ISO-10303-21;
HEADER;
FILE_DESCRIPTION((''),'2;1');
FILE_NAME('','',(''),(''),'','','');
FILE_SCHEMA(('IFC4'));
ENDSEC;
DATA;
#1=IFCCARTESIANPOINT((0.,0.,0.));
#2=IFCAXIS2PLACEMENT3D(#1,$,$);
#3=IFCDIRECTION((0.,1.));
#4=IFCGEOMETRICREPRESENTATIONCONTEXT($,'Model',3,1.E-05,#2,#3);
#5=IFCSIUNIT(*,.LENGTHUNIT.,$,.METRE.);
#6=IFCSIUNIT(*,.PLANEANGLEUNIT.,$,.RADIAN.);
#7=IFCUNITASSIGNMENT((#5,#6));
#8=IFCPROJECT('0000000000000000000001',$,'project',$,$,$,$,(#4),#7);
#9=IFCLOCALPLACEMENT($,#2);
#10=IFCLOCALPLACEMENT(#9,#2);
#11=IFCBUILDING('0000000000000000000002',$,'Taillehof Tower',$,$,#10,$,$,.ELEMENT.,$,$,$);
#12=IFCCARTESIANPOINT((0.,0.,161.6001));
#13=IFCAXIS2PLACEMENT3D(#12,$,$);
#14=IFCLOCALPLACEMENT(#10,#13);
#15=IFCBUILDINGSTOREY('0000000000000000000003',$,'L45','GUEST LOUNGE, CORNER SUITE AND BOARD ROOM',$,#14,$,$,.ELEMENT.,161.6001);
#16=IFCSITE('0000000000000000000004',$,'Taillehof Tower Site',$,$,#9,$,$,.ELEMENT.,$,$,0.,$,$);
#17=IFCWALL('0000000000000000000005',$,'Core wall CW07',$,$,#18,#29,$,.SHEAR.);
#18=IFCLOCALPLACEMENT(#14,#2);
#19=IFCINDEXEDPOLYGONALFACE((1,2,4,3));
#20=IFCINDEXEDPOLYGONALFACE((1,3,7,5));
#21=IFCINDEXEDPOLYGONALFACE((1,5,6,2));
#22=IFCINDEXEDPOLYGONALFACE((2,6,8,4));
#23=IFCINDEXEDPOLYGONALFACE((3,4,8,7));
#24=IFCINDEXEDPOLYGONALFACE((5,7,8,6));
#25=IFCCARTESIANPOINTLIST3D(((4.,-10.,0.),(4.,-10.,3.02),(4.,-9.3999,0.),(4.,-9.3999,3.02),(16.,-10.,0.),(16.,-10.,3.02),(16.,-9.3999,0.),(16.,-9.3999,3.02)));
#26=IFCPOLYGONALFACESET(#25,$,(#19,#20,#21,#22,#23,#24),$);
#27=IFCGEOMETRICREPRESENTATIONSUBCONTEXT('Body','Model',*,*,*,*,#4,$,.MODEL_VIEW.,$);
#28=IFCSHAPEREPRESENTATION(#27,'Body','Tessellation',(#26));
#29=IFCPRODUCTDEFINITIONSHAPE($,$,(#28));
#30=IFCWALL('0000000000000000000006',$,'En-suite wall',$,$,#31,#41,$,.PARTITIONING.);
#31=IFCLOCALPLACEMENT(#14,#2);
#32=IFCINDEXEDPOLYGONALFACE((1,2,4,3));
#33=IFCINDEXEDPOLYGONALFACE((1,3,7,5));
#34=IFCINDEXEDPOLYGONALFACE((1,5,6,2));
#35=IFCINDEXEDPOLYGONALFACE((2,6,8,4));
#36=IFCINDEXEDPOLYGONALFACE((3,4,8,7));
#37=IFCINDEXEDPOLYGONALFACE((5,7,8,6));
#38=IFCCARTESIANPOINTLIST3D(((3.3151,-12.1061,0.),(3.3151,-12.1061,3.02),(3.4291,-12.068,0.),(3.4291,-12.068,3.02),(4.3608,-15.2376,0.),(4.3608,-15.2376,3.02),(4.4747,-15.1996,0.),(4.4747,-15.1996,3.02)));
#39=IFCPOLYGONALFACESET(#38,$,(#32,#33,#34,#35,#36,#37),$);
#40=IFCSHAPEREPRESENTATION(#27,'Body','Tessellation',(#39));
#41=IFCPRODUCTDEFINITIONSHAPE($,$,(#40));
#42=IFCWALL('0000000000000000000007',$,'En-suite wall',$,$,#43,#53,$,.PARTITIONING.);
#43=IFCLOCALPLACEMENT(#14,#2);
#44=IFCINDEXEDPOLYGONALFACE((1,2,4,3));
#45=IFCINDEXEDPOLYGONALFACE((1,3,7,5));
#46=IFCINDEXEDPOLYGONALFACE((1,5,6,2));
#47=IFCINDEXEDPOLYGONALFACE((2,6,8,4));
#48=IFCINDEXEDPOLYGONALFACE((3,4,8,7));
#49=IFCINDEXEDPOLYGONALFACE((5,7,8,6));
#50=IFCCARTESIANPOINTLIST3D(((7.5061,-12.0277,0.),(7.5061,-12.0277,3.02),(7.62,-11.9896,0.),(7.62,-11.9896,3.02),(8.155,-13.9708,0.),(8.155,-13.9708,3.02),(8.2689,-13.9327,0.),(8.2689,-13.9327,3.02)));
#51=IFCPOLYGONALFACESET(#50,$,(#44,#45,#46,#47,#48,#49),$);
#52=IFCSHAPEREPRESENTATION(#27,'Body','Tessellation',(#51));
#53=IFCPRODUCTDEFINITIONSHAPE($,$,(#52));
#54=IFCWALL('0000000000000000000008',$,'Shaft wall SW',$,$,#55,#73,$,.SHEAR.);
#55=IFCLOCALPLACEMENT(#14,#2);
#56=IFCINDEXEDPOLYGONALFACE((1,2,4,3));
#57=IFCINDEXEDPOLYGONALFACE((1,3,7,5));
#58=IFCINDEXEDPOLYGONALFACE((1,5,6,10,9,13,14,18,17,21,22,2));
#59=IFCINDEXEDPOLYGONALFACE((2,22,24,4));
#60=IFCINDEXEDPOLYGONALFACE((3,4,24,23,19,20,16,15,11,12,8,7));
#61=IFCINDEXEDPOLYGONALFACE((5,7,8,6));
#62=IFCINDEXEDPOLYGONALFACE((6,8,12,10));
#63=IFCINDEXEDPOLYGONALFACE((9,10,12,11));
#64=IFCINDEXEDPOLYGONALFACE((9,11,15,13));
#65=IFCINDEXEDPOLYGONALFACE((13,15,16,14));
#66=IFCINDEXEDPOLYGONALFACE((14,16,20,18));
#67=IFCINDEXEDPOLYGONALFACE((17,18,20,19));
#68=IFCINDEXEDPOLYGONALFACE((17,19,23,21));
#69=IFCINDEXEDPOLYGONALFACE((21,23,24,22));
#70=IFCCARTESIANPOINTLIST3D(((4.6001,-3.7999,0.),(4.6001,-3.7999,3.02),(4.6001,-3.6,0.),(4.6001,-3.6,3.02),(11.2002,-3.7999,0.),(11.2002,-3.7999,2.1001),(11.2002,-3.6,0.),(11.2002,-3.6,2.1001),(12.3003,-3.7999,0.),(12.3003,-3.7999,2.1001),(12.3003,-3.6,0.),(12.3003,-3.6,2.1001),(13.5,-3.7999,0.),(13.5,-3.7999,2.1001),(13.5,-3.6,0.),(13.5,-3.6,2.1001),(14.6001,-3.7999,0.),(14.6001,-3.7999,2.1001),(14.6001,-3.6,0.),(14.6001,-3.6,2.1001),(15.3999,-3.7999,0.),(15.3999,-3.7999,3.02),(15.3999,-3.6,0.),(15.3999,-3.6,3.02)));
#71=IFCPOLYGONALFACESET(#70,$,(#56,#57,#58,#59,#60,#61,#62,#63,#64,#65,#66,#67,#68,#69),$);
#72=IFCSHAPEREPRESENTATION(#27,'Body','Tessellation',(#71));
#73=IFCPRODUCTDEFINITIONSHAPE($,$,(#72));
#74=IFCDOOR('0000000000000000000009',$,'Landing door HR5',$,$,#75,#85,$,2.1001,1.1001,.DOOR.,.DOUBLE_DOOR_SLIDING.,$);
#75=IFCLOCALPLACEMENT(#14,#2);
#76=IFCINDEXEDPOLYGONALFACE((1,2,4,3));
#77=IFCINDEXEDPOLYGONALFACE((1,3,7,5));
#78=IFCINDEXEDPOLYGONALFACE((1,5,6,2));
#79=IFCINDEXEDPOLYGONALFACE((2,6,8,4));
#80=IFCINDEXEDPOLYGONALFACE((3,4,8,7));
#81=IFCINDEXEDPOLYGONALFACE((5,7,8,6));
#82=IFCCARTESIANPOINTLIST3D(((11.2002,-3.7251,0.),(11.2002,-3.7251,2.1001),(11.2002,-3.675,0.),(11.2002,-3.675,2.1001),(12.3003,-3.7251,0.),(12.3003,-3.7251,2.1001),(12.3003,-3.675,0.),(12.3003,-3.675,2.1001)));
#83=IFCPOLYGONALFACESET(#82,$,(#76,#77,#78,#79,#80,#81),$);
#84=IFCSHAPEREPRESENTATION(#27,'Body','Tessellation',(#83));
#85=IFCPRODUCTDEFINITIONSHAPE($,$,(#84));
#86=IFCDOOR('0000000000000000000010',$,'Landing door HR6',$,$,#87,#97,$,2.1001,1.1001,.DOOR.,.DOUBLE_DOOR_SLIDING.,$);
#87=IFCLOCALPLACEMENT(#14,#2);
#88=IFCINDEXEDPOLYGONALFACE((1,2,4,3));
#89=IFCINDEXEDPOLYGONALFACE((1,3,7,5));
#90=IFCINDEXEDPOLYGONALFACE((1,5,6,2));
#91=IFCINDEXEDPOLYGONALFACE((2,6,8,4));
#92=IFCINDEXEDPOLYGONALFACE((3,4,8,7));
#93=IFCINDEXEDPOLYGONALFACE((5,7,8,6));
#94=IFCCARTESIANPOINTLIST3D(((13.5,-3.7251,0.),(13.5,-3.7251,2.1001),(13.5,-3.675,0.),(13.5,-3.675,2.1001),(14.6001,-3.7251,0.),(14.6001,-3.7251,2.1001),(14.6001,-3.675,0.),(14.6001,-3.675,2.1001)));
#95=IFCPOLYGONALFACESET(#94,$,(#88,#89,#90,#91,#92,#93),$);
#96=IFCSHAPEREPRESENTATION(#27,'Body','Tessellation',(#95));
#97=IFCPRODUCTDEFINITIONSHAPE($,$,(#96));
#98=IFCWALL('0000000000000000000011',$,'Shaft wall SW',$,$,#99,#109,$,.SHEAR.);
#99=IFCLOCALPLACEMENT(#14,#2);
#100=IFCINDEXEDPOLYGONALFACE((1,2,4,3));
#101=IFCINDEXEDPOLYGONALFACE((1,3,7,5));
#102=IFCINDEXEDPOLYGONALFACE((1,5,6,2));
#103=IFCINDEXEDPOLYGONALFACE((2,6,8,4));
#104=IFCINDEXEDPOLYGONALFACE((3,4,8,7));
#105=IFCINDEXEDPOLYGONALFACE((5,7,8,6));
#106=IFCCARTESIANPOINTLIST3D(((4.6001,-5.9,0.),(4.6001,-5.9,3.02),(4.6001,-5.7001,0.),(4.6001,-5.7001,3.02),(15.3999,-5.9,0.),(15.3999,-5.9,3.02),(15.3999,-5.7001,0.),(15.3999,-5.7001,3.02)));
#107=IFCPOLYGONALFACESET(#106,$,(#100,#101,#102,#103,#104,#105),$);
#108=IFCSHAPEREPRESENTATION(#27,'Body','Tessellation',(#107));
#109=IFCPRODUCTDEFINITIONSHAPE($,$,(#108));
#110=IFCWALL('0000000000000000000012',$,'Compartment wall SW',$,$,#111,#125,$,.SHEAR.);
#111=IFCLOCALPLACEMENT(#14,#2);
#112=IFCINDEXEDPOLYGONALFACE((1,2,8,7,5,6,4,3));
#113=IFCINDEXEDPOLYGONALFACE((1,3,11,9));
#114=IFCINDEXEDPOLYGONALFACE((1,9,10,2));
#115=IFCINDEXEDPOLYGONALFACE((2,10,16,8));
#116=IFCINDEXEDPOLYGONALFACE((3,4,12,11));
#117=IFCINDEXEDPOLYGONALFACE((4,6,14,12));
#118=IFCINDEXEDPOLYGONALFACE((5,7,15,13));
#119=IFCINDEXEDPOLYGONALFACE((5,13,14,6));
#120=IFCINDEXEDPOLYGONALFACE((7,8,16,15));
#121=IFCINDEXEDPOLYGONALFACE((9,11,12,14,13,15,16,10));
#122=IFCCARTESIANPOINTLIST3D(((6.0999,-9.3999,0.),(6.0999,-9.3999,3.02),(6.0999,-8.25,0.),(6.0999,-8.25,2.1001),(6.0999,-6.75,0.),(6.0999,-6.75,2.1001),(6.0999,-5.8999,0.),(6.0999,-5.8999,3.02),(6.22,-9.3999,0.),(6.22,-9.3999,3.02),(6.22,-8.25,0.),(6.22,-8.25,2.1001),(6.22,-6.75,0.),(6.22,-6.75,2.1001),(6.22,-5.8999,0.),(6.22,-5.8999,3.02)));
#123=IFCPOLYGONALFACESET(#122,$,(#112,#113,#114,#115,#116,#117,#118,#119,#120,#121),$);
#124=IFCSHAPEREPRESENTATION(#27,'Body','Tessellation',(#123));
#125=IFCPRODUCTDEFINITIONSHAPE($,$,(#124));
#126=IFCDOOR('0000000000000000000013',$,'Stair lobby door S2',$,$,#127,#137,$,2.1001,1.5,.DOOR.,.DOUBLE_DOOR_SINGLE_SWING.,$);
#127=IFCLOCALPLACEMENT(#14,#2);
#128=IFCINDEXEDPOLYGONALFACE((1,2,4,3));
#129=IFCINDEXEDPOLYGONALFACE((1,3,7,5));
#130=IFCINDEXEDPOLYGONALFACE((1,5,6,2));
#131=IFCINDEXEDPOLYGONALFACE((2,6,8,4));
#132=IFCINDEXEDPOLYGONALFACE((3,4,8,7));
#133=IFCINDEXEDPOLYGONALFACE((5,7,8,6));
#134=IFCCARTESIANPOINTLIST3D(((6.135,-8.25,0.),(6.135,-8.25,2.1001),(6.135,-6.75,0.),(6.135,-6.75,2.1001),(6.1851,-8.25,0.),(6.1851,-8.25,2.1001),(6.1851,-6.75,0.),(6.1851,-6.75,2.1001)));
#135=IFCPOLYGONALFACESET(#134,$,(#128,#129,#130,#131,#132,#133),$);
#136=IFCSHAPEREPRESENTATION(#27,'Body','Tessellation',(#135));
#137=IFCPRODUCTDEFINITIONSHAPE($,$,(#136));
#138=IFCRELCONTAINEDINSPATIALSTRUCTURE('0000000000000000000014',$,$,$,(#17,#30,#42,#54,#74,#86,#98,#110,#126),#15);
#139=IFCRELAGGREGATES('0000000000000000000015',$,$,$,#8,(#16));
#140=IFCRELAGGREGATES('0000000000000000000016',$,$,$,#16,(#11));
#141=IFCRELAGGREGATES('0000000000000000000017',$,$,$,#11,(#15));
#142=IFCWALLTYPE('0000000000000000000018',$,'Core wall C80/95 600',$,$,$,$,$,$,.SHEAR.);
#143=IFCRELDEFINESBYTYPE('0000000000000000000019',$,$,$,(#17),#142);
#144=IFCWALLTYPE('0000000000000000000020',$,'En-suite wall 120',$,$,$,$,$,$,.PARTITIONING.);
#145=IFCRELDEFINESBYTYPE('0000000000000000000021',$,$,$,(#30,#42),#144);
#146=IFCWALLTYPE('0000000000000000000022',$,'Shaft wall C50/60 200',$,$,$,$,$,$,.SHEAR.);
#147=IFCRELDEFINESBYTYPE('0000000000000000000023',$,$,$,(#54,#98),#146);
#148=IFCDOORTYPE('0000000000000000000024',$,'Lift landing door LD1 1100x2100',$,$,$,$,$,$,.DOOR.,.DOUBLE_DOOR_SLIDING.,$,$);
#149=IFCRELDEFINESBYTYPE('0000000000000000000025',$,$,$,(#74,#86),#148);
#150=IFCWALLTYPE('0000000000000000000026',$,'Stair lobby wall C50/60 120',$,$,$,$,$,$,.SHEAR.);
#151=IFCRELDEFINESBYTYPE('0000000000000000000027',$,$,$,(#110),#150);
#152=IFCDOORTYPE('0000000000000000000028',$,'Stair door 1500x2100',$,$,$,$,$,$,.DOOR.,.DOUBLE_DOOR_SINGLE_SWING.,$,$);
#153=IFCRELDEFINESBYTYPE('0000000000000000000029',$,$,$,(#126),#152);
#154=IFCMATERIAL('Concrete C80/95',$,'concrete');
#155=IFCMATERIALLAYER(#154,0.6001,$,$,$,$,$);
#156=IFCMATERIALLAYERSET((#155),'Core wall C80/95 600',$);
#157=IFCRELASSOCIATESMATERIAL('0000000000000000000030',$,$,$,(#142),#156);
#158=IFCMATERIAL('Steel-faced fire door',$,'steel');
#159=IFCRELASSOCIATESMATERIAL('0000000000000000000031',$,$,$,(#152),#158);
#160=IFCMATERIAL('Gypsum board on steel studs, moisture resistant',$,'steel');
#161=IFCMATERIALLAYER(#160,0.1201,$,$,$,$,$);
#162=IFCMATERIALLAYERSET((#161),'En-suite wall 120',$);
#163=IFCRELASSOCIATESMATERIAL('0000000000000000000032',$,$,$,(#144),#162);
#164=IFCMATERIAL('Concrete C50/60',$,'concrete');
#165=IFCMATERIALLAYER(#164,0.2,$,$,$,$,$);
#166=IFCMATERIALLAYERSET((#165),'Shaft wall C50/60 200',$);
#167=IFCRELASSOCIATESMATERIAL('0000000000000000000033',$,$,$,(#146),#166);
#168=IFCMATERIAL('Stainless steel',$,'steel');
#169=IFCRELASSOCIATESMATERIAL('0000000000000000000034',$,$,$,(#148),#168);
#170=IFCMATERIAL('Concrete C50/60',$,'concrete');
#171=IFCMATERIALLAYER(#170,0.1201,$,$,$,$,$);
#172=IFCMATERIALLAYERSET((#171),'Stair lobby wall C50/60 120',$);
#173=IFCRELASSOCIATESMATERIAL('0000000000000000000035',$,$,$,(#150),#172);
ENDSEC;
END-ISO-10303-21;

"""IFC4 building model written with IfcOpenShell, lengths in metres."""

from ifc_helpers import new_model, si_unit, direction, frame, frame_2d, origin, place, context, subcontext, project, spatial, rectangle, extrude, material, layer, layer_set, type_object, element, fill, save


model = new_model("IFC4")

# Units and contexts
model_context = context("Model", 3, precision=1e-05, world=origin(), true_north=direction((0.0, 1.0)))
body_context = subcontext(model_context, "Body", "Model", "MODEL_VIEW")
ifc_project = project(units=[si_unit("LENGTHUNIT", "METRE"), si_unit("PLANEANGLEUNIT", "RADIAN")], contexts=[model_context])

# Site, building, storey
site_placement = place(None, origin())
site = spatial("IfcSite", under=ifc_project, at=site_placement, Name="Taillehof Tower Site", CompositionType="ELEMENT", RefElevation=0.0)
building_placement = place(site_placement, origin())
building = spatial("IfcBuilding", under=site, at=building_placement, Name="Taillehof Tower", CompositionType="ELEMENT")
storey_placement = place(building_placement, frame((0.0, 0.0, 161.6001)))
storey = spatial("IfcBuildingStorey", under=building, at=storey_placement, Name="L45", Description="GUEST LOUNGE, CORNER SUITE AND BOARD ROOM", CompositionType="ELEMENT", Elevation=161.6001)

# Shared definitions
ifc_material_1 = material(Name="Concrete C80/95", Category="concrete")
ifc_layer_1 = layer(ifc_material_1, 0.6001)
ifc_layer_set_1 = layer_set([ifc_layer_1], Name="Core wall C80/95 600")
wall_type_1 = type_object("IfcWallType", Name="Core wall C80/95 600", PredefinedType="SHEAR", material=ifc_layer_set_1)
ifc_material_2 = material(Name="Steel-faced fire door", Category="steel")
door_type_1 = type_object("IfcDoorType", Name="Stair door 1500x2100", OperationType="DOUBLE_DOOR_SINGLE_SWING", PredefinedType="DOOR", material=ifc_material_2)

# Walls
wall_1_placement = place(storey_placement, frame((4.0, -9.7, 0.0), z_axis=(0.0, 0.0, 1.0), x_axis=(1.0, 0.0, 0.0)))
element("IfcWall", 1, at=wall_1_placement, inside=storey, type_object=wall_type_1, Name="Core wall CW07", PredefinedType="SHEAR", context=body_context, shape_type="SweptSolid", body=[
    extrude(rectangle(XDim=12.0, YDim=0.6001, at=frame_2d((6.0, 0.0))), origin(), (0.0, 0.0, 1.0), 3.02),
])
ifc_material_3 = material(Name="Gypsum board on steel studs, moisture resistant", Category="steel")
ifc_layer_2 = layer(ifc_material_3, 0.1201)
ifc_layer_set_2 = layer_set([ifc_layer_2], Name="En-suite wall 120")
wall_type_2 = type_object("IfcWallType", Name="En-suite wall 120", PredefinedType="PARTITIONING", material=ifc_layer_set_2)
wall_2_placement = place(storey_placement, frame((3.3721, -12.0869, 0.0), z_axis=(0.0, 0.0, 1.0), x_axis=(0.316716, -0.94852, 0.0)))
element("IfcWall", 2, at=wall_2_placement, inside=storey, type_object=wall_type_2, Name="En-suite wall", PredefinedType="PARTITIONING", context=body_context, shape_type="SweptSolid", body=[
    extrude(rectangle(XDim=3.3015, YDim=0.1201, at=frame_2d((1.6509, 0.0))), origin(), (0.0, 0.0, 1.0), 3.02),
])
wall_3_placement = place(storey_placement, frame((7.563, -12.0085, 0.0), z_axis=(0.0, 0.0, 1.0), x_axis=(0.316764, -0.948504, 0.0)))
element("IfcWall", 3, at=wall_3_placement, inside=storey, type_object=wall_type_2, Name="En-suite wall", PredefinedType="PARTITIONING", context=body_context, shape_type="SweptSolid", body=[
    extrude(rectangle(XDim=2.0486, YDim=0.1201, at=frame_2d((1.0244, 0.0))), origin(), (0.0, 0.0, 1.0), 3.02),
])

# Wall, openings, doors
ifc_material_4 = material(Name="Concrete C50/60", Category="concrete")
ifc_layer_3 = layer(ifc_material_4, 0.2)
ifc_layer_set_3 = layer_set([ifc_layer_3], Name="Shaft wall C50/60 200")
wall_type_3 = type_object("IfcWallType", Name="Shaft wall C50/60 200", PredefinedType="SHEAR", material=ifc_layer_set_3)
wall_4_placement = place(storey_placement, frame((4.6001, -3.7, 0.0), z_axis=(0.0, 0.0, 1.0), x_axis=(1.0, 0.0, 0.0)))
wall_4 = element("IfcWall", 4, at=wall_4_placement, inside=storey, type_object=wall_type_3, Name="Shaft wall SW", PredefinedType="SHEAR", context=body_context, shape_type="SweptSolid", body=[
    extrude(rectangle(XDim=10.7998, YDim=0.2, at=frame_2d((5.3999, 0.0))), origin(), (0.0, 0.0, 1.0), 3.02),
])
opening_1_placement = place(wall_4_placement, frame((6.6001, 0.0, 0.0)))
opening_1 = element("IfcOpeningElement", 5, at=opening_1_placement, cuts=wall_4, PredefinedType="OPENING", context=body_context, shape_type="SweptSolid", body=[
    extrude(rectangle(XDim=1.1001, YDim=2.1001, at=frame_2d((0.55, 1.05))), frame((0.0, 0.1099, 0.0), z_axis=(0.0, -1.0, 0.0), x_axis=(1.0, 0.0, 0.0)), (0.0, 0.0, 1.0), 0.22),
])
opening_2_placement = place(wall_4_placement, frame((8.8999, 0.0, 0.0)))
opening_2 = element("IfcOpeningElement", 6, at=opening_2_placement, cuts=wall_4, PredefinedType="OPENING", context=body_context, shape_type="SweptSolid", body=[
    extrude(rectangle(XDim=1.1001, YDim=2.1001, at=frame_2d((0.55, 1.05))), frame((0.0, 0.1099, 0.0), z_axis=(0.0, -1.0, 0.0), x_axis=(1.0, 0.0, 0.0)), (0.0, 0.0, 1.0), 0.22),
])
ifc_material_5 = material(Name="Stainless steel", Category="steel")
door_type_2 = type_object("IfcDoorType", Name="Lift landing door LD1 1100x2100", OperationType="DOUBLE_DOOR_SLIDING", PredefinedType="DOOR", material=ifc_material_5)
door_1_placement = place(opening_1_placement, origin())
door_1 = element("IfcDoor", 7, at=door_1_placement, inside=storey, type_object=door_type_2, Name="Landing door HR5", OperationType="DOUBLE_DOOR_SLIDING", OverallHeight=2.1001, OverallWidth=1.1001, PredefinedType="DOOR", context=body_context, shape_type="SweptSolid", body=[
    extrude(rectangle(XDim=1.1001, YDim=2.1001, at=frame_2d((0.55, 1.05))), frame((0.0, 0.0249, 0.0), z_axis=(0.0, -1.0, 0.0), x_axis=(1.0, 0.0, 0.0)), (0.0, 0.0, 1.0), 0.05),
])
fill(opening_1, door_1)
door_2_placement = place(opening_2_placement, origin())
door_2 = element("IfcDoor", 8, at=door_2_placement, inside=storey, type_object=door_type_2, Name="Landing door HR6", OperationType="DOUBLE_DOOR_SLIDING", OverallHeight=2.1001, OverallWidth=1.1001, PredefinedType="DOOR", context=body_context, shape_type="SweptSolid", body=[
    extrude(rectangle(XDim=1.1001, YDim=2.1001, at=frame_2d((0.55, 1.05))), frame((0.0, 0.0249, 0.0), z_axis=(0.0, -1.0, 0.0), x_axis=(1.0, 0.0, 0.0)), (0.0, 0.0, 1.0), 0.05),
])
fill(opening_2, door_2)

# Wall
wall_5_placement = place(storey_placement, frame((4.6001, -5.8, 0.0), z_axis=(0.0, 0.0, 1.0), x_axis=(1.0, 0.0, 0.0)))
element("IfcWall", 9, at=wall_5_placement, inside=storey, type_object=wall_type_3, Name="Shaft wall SW", PredefinedType="SHEAR", context=body_context, shape_type="SweptSolid", body=[
    extrude(rectangle(XDim=10.7998, YDim=0.2, at=frame_2d((5.3999, 0.0))), origin(), (0.0, 0.0, 1.0), 3.02),
])

# Wall, opening, door
ifc_material_6 = material(Name="Concrete C50/60", Category="concrete")
ifc_layer_4 = layer(ifc_material_6, 0.1201)
ifc_layer_set_4 = layer_set([ifc_layer_4], Name="Stair lobby wall C50/60 120")
wall_type_4 = type_object("IfcWallType", Name="Stair lobby wall C50/60 120", PredefinedType="SHEAR", material=ifc_layer_set_4)
wall_6_placement = place(storey_placement, frame((6.1599, -9.3999, 0.0), z_axis=(0.0, 0.0, 1.0), x_axis=(0.0, 1.0, 0.0)))
wall_6 = element("IfcWall", 10, at=wall_6_placement, inside=storey, type_object=wall_type_4, Name="Compartment wall SW", PredefinedType="SHEAR", context=body_context, shape_type="SweptSolid", body=[
    extrude(rectangle(XDim=3.5, YDim=0.1201, at=frame_2d((1.75, 0.0))), origin(), (0.0, 0.0, 1.0), 3.02),
])
opening_3_placement = place(wall_6_placement, frame((1.1499, 0.0, 0.0)))
opening_3 = element("IfcOpeningElement", 11, at=opening_3_placement, cuts=wall_6, PredefinedType="OPENING", context=body_context, shape_type="SweptSolid", body=[
    extrude(rectangle(XDim=1.5, YDim=2.1001, at=frame_2d((0.75, 1.05))), frame((0.0, 0.0701, 0.0), z_axis=(0.0, -1.0, 0.0), x_axis=(1.0, 0.0, 0.0)), (0.0, 0.0, 1.0), 0.1401),
])
door_3_placement = place(opening_3_placement, origin())
door_3 = element("IfcDoor", 12, at=door_3_placement, inside=storey, type_object=door_type_1, Name="Stair lobby door S2", OperationType="DOUBLE_DOOR_SINGLE_SWING", OverallHeight=2.1001, OverallWidth=1.5, PredefinedType="DOOR", context=body_context, shape_type="SweptSolid", body=[
    extrude(rectangle(XDim=1.5, YDim=2.1001, at=frame_2d((0.75, 1.05))), frame((0.0, 0.0249, 0.0), z_axis=(0.0, -1.0, 0.0), x_axis=(1.0, 0.0, 0.0)), (0.0, 0.0, 1.0), 0.05),
])
fill(opening_3, door_3)

save(model, "model.ifc")
